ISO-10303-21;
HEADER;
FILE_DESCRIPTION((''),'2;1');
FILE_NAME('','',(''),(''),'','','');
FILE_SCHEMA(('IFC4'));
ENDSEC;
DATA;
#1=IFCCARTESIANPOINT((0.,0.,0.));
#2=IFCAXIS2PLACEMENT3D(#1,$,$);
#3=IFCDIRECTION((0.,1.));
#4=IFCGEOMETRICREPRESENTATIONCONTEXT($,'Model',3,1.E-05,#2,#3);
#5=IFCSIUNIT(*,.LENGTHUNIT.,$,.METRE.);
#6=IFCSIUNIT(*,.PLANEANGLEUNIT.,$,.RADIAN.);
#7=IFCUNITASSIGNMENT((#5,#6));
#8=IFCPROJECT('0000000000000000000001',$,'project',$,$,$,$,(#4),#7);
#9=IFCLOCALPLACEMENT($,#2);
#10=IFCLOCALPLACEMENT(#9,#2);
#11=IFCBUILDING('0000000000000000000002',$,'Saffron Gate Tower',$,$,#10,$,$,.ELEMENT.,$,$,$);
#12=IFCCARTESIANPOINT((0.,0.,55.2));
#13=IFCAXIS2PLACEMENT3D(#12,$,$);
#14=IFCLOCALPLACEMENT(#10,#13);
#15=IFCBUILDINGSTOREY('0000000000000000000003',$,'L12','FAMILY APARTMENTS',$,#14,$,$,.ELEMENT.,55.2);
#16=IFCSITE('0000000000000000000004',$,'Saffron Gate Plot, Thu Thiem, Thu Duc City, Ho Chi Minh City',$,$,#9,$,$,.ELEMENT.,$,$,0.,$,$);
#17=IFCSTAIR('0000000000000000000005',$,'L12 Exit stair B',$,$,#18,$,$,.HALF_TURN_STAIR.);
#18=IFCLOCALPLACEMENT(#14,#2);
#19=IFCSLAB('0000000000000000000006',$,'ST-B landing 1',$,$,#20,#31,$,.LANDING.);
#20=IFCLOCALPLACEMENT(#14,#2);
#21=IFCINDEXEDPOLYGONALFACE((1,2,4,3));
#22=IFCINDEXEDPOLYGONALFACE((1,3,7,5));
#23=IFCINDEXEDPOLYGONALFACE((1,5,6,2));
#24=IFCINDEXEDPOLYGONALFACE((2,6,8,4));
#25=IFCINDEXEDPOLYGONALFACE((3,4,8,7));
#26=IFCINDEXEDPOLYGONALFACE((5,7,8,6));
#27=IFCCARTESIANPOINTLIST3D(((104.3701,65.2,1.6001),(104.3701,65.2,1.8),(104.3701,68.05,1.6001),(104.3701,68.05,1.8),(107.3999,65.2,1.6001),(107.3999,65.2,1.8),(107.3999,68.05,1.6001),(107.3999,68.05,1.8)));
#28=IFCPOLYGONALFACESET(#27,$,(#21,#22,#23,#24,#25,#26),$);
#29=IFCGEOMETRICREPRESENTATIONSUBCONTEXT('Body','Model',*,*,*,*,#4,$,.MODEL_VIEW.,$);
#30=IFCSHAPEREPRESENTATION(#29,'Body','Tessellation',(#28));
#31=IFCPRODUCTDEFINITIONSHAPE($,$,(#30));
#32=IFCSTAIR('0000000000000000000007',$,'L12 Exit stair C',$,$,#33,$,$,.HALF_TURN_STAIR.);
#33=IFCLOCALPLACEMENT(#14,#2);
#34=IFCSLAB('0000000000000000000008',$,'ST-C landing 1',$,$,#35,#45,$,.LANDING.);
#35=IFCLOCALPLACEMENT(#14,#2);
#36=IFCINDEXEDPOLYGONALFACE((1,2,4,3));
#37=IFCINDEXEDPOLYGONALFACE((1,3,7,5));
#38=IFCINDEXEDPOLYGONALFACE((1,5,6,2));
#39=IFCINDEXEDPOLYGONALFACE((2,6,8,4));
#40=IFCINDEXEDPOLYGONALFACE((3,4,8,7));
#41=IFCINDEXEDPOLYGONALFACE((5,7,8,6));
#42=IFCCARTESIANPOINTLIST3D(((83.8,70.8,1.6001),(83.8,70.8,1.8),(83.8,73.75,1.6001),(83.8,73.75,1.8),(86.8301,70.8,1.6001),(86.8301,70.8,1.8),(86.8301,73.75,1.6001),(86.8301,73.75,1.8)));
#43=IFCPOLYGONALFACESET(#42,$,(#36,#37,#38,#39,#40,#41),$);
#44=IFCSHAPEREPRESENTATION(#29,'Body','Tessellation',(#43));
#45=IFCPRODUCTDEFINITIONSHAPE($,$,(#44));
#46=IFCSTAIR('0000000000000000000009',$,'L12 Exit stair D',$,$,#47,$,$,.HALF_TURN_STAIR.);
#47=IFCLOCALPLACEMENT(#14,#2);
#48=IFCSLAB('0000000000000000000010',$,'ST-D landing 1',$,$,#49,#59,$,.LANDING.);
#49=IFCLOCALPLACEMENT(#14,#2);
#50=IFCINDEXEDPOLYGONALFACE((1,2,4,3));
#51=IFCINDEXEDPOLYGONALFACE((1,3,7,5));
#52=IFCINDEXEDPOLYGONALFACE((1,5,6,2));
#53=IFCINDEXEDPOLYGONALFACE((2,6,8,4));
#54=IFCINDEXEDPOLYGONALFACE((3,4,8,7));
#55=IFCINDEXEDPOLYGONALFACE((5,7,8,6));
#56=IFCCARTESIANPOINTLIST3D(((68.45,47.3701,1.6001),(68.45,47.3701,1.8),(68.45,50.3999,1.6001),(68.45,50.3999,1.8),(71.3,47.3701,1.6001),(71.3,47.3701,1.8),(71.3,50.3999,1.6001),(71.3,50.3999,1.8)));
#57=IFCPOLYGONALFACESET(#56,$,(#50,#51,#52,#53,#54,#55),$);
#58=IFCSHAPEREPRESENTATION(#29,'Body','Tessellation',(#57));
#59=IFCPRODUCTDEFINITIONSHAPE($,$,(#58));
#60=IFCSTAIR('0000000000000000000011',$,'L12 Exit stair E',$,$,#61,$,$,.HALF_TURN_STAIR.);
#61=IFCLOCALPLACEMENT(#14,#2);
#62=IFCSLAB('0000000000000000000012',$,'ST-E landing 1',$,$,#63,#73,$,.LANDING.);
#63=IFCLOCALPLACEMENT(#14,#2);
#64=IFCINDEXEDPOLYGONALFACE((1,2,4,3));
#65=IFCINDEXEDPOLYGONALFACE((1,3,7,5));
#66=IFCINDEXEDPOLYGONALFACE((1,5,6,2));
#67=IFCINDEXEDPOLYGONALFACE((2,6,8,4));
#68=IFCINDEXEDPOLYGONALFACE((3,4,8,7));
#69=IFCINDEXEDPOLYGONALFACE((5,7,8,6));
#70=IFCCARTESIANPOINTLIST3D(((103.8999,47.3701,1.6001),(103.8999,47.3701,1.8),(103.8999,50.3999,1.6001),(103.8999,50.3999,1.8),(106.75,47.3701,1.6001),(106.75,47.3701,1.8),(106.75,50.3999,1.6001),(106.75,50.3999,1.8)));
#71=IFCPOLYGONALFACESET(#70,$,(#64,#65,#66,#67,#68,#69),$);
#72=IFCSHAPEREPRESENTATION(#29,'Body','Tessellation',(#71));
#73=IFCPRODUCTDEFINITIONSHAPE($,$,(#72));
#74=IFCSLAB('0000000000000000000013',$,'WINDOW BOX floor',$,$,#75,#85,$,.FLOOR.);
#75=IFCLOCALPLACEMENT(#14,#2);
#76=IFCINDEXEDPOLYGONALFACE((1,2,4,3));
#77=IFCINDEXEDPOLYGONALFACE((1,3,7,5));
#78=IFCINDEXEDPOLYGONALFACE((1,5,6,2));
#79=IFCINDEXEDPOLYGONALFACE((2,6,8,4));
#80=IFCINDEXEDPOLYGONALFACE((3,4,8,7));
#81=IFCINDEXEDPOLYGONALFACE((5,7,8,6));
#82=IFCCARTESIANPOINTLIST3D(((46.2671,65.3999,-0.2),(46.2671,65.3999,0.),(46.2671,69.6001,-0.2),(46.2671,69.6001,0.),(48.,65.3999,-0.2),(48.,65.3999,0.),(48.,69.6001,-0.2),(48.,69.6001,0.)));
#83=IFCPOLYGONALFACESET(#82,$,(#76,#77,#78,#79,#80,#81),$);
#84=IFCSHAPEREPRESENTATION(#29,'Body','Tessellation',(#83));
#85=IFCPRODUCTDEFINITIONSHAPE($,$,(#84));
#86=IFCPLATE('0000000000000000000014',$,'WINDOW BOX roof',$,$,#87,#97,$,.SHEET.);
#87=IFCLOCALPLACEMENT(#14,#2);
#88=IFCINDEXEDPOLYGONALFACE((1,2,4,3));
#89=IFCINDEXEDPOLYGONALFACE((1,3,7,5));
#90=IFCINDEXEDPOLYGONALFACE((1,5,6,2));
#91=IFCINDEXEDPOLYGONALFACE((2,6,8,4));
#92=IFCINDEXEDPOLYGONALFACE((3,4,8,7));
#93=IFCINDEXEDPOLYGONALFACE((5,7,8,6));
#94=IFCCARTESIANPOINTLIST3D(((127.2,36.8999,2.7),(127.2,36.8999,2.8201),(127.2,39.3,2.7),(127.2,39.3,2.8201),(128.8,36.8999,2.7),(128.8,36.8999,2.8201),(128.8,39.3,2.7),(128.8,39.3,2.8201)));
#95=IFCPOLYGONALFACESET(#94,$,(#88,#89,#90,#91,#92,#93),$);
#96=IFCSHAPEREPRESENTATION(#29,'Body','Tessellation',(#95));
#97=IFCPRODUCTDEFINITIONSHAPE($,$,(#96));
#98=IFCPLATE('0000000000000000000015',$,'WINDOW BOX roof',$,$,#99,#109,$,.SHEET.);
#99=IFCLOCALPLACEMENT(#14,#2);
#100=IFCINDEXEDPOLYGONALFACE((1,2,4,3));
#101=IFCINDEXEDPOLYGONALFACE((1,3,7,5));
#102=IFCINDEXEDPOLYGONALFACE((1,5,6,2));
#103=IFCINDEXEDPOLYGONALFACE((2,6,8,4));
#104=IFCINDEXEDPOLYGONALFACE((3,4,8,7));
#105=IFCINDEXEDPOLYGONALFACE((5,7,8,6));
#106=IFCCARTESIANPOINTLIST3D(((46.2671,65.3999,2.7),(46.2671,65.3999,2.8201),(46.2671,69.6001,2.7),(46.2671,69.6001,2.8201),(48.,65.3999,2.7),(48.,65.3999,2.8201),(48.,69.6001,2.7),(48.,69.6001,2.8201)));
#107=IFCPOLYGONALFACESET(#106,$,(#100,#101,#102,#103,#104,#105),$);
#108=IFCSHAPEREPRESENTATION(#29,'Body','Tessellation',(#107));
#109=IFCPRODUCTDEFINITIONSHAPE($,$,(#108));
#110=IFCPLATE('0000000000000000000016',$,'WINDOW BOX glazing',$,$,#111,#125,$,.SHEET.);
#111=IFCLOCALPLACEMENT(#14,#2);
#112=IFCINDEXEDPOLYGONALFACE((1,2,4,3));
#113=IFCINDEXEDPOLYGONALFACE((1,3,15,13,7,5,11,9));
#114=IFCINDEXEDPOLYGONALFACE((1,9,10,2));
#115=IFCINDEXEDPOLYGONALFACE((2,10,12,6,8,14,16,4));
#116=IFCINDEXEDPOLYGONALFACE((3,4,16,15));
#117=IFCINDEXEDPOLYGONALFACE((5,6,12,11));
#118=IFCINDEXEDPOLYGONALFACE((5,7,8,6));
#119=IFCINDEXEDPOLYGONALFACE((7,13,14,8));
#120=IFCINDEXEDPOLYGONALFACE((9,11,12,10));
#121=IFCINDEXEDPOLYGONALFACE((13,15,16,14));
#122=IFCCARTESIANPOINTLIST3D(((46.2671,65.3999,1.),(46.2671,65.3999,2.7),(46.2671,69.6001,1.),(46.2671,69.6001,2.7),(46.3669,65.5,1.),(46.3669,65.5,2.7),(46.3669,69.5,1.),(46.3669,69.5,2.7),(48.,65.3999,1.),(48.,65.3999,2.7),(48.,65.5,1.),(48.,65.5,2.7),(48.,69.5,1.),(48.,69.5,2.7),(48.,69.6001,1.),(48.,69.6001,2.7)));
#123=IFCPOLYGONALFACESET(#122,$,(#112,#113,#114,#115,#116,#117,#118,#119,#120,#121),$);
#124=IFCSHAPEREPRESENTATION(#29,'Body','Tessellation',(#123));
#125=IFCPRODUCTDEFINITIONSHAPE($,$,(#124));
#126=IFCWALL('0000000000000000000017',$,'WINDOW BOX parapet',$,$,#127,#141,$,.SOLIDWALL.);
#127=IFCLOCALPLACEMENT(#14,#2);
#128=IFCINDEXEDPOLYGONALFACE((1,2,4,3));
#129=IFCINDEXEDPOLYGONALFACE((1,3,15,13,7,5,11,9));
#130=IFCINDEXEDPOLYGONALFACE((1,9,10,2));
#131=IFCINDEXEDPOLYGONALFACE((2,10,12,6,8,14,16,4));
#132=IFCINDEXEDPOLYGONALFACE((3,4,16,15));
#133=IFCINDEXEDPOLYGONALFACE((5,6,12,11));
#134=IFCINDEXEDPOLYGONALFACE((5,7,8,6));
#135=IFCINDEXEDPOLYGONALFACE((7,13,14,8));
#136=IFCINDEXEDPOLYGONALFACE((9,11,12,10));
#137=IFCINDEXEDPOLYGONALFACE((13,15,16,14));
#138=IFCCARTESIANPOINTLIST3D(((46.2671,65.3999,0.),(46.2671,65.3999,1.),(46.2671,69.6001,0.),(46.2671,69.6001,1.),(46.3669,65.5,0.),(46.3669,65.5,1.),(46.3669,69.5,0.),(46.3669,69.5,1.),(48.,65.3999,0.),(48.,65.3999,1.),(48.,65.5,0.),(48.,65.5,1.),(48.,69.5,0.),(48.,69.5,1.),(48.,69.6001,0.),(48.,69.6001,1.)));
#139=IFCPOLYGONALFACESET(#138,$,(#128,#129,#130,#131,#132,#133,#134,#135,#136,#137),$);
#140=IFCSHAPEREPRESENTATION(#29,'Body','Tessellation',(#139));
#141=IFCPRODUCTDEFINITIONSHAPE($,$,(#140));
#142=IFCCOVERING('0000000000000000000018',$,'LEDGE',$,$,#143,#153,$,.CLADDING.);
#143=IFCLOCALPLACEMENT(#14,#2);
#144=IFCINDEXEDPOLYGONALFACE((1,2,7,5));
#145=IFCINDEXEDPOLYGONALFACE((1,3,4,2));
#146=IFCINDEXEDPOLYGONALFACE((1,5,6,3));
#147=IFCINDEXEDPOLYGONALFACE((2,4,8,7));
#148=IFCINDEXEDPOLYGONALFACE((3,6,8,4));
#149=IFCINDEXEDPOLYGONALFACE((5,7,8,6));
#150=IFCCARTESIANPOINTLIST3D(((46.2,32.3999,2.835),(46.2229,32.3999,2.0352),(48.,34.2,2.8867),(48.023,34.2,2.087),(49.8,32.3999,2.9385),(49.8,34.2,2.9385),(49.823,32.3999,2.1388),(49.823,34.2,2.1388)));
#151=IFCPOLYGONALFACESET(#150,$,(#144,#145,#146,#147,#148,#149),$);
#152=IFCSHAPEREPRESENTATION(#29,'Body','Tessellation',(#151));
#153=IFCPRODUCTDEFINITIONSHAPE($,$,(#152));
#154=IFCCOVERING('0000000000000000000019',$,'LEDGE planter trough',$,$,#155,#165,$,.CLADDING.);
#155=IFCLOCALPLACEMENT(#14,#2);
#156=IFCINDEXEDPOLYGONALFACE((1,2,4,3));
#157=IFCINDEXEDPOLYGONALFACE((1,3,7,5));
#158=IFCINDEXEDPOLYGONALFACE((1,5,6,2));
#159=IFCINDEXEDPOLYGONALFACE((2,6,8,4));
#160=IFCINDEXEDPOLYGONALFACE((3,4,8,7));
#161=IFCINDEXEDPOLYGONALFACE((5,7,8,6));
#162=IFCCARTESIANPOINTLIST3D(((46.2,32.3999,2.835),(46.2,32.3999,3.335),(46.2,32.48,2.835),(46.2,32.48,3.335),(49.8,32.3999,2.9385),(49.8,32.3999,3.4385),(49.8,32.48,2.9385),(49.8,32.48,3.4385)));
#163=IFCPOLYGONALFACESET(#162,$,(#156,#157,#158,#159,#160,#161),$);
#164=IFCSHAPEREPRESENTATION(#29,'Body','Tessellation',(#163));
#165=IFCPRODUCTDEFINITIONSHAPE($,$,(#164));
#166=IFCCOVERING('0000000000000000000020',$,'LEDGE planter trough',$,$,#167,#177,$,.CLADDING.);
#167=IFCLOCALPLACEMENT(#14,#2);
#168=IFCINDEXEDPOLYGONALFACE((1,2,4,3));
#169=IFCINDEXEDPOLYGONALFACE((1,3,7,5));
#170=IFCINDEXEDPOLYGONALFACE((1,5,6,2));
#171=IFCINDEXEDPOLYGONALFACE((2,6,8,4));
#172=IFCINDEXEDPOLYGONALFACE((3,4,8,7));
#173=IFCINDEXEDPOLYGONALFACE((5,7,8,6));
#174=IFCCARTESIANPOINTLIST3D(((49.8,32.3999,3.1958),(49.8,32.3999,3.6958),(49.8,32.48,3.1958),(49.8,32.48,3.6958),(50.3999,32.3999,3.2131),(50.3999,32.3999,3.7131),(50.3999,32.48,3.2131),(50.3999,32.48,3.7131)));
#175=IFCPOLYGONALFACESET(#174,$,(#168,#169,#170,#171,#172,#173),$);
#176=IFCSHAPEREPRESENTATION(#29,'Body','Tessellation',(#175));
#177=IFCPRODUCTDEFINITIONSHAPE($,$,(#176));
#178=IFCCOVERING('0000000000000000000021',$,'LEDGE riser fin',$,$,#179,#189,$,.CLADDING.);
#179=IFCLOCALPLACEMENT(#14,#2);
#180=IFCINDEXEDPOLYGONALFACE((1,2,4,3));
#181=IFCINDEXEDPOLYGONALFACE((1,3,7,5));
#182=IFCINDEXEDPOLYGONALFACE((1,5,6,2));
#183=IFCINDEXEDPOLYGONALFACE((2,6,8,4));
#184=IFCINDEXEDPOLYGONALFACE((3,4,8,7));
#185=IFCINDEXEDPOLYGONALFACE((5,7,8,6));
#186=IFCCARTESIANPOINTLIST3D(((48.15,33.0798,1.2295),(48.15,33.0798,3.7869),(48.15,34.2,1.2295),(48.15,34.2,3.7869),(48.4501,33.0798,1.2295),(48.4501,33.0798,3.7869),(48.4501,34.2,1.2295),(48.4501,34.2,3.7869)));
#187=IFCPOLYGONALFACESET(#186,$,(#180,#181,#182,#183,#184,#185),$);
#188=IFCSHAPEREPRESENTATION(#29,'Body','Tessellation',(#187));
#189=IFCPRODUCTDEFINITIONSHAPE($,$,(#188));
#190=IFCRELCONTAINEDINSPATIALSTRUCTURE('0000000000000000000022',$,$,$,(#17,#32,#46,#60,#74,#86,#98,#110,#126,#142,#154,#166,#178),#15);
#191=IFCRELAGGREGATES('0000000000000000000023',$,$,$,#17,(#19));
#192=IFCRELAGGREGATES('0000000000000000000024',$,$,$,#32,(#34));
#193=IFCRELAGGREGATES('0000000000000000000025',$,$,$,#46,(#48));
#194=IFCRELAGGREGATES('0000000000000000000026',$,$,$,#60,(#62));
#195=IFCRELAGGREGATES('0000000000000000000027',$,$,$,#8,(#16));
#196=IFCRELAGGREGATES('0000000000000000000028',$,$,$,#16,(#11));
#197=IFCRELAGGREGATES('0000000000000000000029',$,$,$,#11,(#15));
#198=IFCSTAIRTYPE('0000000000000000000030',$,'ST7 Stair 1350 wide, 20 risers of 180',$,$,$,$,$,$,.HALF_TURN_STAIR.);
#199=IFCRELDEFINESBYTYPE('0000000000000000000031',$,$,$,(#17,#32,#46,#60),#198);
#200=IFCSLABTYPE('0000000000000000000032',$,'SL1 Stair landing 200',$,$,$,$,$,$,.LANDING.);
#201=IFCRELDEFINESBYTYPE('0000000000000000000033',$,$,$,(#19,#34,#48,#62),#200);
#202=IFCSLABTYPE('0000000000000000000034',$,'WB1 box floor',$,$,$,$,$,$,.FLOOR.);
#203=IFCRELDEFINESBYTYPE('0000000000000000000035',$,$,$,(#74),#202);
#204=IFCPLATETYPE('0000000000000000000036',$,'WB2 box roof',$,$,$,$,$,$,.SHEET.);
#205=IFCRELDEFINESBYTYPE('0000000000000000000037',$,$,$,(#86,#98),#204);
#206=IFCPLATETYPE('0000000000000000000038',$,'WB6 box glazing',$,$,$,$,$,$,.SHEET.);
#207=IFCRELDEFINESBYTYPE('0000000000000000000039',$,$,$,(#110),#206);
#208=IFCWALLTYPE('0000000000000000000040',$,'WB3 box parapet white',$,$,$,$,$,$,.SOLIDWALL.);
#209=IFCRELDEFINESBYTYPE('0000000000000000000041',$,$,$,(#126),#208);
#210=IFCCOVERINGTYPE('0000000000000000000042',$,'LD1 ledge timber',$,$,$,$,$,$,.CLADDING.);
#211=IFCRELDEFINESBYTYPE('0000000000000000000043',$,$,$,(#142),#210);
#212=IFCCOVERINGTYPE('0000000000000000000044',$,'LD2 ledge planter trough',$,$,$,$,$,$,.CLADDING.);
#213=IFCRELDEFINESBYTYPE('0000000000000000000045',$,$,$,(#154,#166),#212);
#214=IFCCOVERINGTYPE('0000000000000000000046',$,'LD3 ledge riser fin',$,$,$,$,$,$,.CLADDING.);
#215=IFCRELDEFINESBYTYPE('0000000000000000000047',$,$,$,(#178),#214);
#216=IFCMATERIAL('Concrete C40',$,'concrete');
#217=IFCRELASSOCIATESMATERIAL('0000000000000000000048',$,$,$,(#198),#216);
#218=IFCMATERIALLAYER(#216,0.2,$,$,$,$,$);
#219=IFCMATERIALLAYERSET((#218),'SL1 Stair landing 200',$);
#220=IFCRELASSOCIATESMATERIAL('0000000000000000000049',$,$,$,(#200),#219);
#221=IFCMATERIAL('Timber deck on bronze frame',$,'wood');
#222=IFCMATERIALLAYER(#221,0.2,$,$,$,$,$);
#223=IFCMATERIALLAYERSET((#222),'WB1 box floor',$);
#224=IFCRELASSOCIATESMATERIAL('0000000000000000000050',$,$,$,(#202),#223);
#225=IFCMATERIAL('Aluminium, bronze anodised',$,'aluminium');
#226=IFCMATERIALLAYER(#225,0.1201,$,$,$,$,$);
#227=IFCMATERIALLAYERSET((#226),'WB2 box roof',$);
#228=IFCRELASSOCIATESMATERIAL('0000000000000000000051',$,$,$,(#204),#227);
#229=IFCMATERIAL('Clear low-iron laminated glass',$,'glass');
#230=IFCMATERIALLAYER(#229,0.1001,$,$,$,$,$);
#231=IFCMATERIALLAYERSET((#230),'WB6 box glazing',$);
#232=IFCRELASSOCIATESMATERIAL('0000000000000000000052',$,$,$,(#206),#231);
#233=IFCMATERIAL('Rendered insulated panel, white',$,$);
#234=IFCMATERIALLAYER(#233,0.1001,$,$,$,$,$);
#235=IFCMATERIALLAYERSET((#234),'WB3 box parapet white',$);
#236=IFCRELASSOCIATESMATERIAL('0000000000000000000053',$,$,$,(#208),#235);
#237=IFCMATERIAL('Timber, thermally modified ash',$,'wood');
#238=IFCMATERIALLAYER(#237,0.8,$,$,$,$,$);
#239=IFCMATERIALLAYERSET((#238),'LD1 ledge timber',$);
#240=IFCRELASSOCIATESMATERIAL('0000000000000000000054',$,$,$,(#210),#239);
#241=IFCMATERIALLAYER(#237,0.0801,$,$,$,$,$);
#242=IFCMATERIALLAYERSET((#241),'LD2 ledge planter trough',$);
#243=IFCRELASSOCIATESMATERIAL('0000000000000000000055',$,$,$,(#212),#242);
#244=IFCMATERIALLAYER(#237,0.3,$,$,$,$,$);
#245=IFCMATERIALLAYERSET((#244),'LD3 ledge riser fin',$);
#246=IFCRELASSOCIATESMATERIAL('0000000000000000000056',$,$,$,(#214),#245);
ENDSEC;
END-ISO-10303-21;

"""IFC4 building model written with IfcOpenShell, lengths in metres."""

from ifc_helpers import new_model, si_unit, direction, frame, origin, origin_2d, place, context, subcontext, project, spatial, polyline, rectangle, outline, extrude, material, layer, layer_set, type_object, element, aggregate, save


model = new_model("IFC4")

# Units and contexts
model_context = context("Model", 3, precision=1e-05, world=origin(), true_north=direction((0.0, 1.0)))
body_context = subcontext(model_context, "Body", "Model", "MODEL_VIEW")
ifc_project = project(units=[si_unit("LENGTHUNIT", "METRE"), si_unit("PLANEANGLEUNIT", "RADIAN")], contexts=[model_context])

# Site, building, storey
site_placement = place(None, origin())
site = spatial("IfcSite", under=ifc_project, at=site_placement, Name="Saffron Gate Plot, Thu Thiem, Thu Duc City, Ho Chi Minh City", CompositionType="ELEMENT", RefElevation=0.0)
building_placement = place(site_placement, origin())
building = spatial("IfcBuilding", under=site, at=building_placement, Name="Saffron Gate Tower", CompositionType="ELEMENT")
storey_placement = place(building_placement, frame((0.0, 0.0, 55.2)))
storey = spatial("IfcBuildingStorey", under=building, at=storey_placement, Name="L12", Description="FAMILY APARTMENTS", CompositionType="ELEMENT", Elevation=55.2)

# Shared definitions
ifc_material_1 = material(Name="Aluminium, bronze anodised", Category="aluminium")

# Stairs, slabs
ifc_material_2 = material(Name="Concrete C40", Category="concrete")
stair_type = type_object("IfcStairType", Name="ST7 Stair 1350 wide, 20 risers of 180", PredefinedType="HALF_TURN_STAIR", material=ifc_material_2)
ifc_layer_1 = layer(ifc_material_2, 0.2)
ifc_layer_set_1 = layer_set([ifc_layer_1], Name="SL1 Stair landing 200")
slab_type_1 = type_object("IfcSlabType", Name="SL1 Stair landing 200", PredefinedType="LANDING", material=ifc_layer_set_1)
stair_1_placement = place(storey_placement, origin())
stair_1 = element("IfcStair", 1, at=stair_1_placement, inside=storey, type_object=stair_type, Name="L12 Exit stair B", PredefinedType="HALF_TURN_STAIR")
slab_1_placement = place(storey_placement, frame((0.0, 0.0, 1.6001)))
slab_1 = element("IfcSlab", 2, at=slab_1_placement, type_object=slab_type_1, Name="ST-B landing 1", PredefinedType="LANDING", context=body_context, shape_type="SweptSolid", body=[
    extrude(outline(polyline([(104.3701, 65.2), (107.3999, 65.2), (107.3999, 68.05), (104.3701, 68.05), (104.3701, 65.2)])), origin(), (0.0, 0.0, 1.0), 0.2),
])
aggregate(stair_1, [slab_1])
stair_2_placement = place(storey_placement, origin())
stair_2 = element("IfcStair", 3, at=stair_2_placement, inside=storey, type_object=stair_type, Name="L12 Exit stair C", PredefinedType="HALF_TURN_STAIR")
slab_2_placement = place(storey_placement, frame((0.0, 0.0, 1.6001)))
slab_2 = element("IfcSlab", 4, at=slab_2_placement, type_object=slab_type_1, Name="ST-C landing 1", PredefinedType="LANDING", context=body_context, shape_type="SweptSolid", body=[
    extrude(outline(polyline([(86.8301, 73.75), (83.8, 73.75), (83.8, 70.8), (86.8301, 70.8), (86.8301, 73.75)])), origin(), (0.0, 0.0, 1.0), 0.2),
])
aggregate(stair_2, [slab_2])
stair_3_placement = place(storey_placement, origin())
stair_3 = element("IfcStair", 5, at=stair_3_placement, inside=storey, type_object=stair_type, Name="L12 Exit stair D", PredefinedType="HALF_TURN_STAIR")
slab_3_placement = place(storey_placement, frame((0.0, 0.0, 1.6001)))
slab_3 = element("IfcSlab", 6, at=slab_3_placement, type_object=slab_type_1, Name="ST-D landing 1", PredefinedType="LANDING", context=body_context, shape_type="SweptSolid", body=[
    extrude(outline(polyline([(71.3, 47.3701), (71.3, 50.3999), (68.45, 50.3999), (68.45, 47.3701), (71.3, 47.3701)])), origin(), (0.0, 0.0, 1.0), 0.2),
])
aggregate(stair_3, [slab_3])
stair_4_placement = place(storey_placement, origin())
stair_4 = element("IfcStair", 7, at=stair_4_placement, inside=storey, type_object=stair_type, Name="L12 Exit stair E", PredefinedType="HALF_TURN_STAIR")
slab_4_placement = place(storey_placement, frame((0.0, 0.0, 1.6001)))
slab_4 = element("IfcSlab", 8, at=slab_4_placement, type_object=slab_type_1, Name="ST-E landing 1", PredefinedType="LANDING", context=body_context, shape_type="SweptSolid", body=[
    extrude(outline(polyline([(106.75, 47.3701), (106.75, 50.3999), (103.8999, 50.3999), (103.8999, 47.3701), (106.75, 47.3701)])), origin(), (0.0, 0.0, 1.0), 0.2),
])
aggregate(stair_4, [slab_4])

# Slab
ifc_material_3 = material(Name="Timber deck on bronze frame", Category="wood")
ifc_layer_2 = layer(ifc_material_3, 0.2)
ifc_layer_set_2 = layer_set([ifc_layer_2], Name="WB1 box floor")
slab_type_2 = type_object("IfcSlabType", Name="WB1 box floor", PredefinedType="FLOOR", material=ifc_layer_set_2)
slab_5_placement = place(storey_placement, frame((0.0, 0.0, -0.2)))
element("IfcSlab", 9, at=slab_5_placement, inside=storey, type_object=slab_type_2, Name="WINDOW BOX floor", PredefinedType="FLOOR", context=body_context, shape_type="SweptSolid", body=[
    extrude(outline(polyline([(48.0, 69.6001), (48.0, 65.3999), (46.2671, 65.3999), (46.2671, 69.6001), (48.0, 69.6001)])), origin(), (0.0, 0.0, 1.0), 0.2),
])

# Plates
ifc_layer_3 = layer(ifc_material_1, 0.1201)
ifc_layer_set_3 = layer_set([ifc_layer_3], Name="WB2 box roof")
plate_type_1 = type_object("IfcPlateType", Name="WB2 box roof", PredefinedType="SHEET", material=ifc_layer_set_3)
plate_1_placement = place(storey_placement, frame((0.0, 0.0, 2.7)))
element("IfcPlate", 10, at=plate_1_placement, inside=storey, type_object=plate_type_1, Name="WINDOW BOX roof", PredefinedType="SHEET", context=body_context, shape_type="SweptSolid", body=[
    extrude(outline(polyline([(127.2, 36.8999), (127.2, 39.3), (128.8, 39.3), (128.8, 36.8999), (127.2, 36.8999)])), origin(), (0.0, 0.0, 1.0), 0.1201),
])
plate_2_placement = place(storey_placement, frame((0.0, 0.0, 2.7)))
element("IfcPlate", 11, at=plate_2_placement, inside=storey, type_object=plate_type_1, Name="WINDOW BOX roof", PredefinedType="SHEET", context=body_context, shape_type="SweptSolid", body=[
    extrude(outline(polyline([(48.0, 69.6001), (48.0, 65.3999), (46.2671, 65.3999), (46.2671, 69.6001), (48.0, 69.6001)])), origin(), (0.0, 0.0, 1.0), 0.1201),
])
ifc_material_4 = material(Name="Clear low-iron laminated glass", Category="glass")
ifc_layer_4 = layer(ifc_material_4, 0.1001)
ifc_layer_set_4 = layer_set([ifc_layer_4], Name="WB6 box glazing")
plate_type_2 = type_object("IfcPlateType", Name="WB6 box glazing", PredefinedType="SHEET", material=ifc_layer_set_4)
plate_3_placement = place(storey_placement, frame((0.0, 0.0, 1.0)))
element("IfcPlate", 12, at=plate_3_placement, inside=storey, type_object=plate_type_2, Name="WINDOW BOX glazing", PredefinedType="SHEET", context=body_context, shape_type="SweptSolid", body=[
    extrude(outline(polyline([(48.0, 69.6001), (48.0, 69.5), (46.3669, 69.5), (46.3669, 65.5), (48.0, 65.5), (48.0, 65.3999), (46.2671, 65.3999), (46.2671, 69.6001), (48.0, 69.6001)])), origin(), (0.0, 0.0, 1.0), 1.7),
])

# Wall
ifc_material_5 = material(Name="Rendered insulated panel, white")
ifc_layer_5 = layer(ifc_material_5, 0.1001)
ifc_layer_set_5 = layer_set([ifc_layer_5], Name="WB3 box parapet white")
wall_type = type_object("IfcWallType", Name="WB3 box parapet white", PredefinedType="SOLIDWALL", material=ifc_layer_set_5)
wall_placement = place(storey_placement, origin())
element("IfcWall", 13, at=wall_placement, inside=storey, type_object=wall_type, Name="WINDOW BOX parapet", PredefinedType="SOLIDWALL", context=body_context, shape_type="SweptSolid", body=[
    extrude(outline(polyline([(48.0, 69.6001), (48.0, 69.5), (46.3669, 69.5), (46.3669, 65.5), (48.0, 65.5), (48.0, 65.3999), (46.2671, 65.3999), (46.2671, 69.6001), (48.0, 69.6001)])), origin(), (0.0, 0.0, 1.0), 1.0),
])

# Coverings
ifc_material_6 = material(Name="Timber, thermally modified ash", Category="wood")
ifc_layer_6 = layer(ifc_material_6, 0.8)
ifc_layer_set_6 = layer_set([ifc_layer_6], Name="LD1 ledge timber")
covering_type_1 = type_object("IfcCoveringType", Name="LD1 ledge timber", PredefinedType="CLADDING", material=ifc_layer_set_6)
covering_1_placement = place(storey_placement, frame((48.0, 34.2, 2.8867), z_axis=(-0.028742, 0.0, 0.999587), x_axis=(0.999587, 0.0, 0.028742)))
element("IfcCovering", 14, at=covering_1_placement, inside=storey, type_object=covering_type_1, Name="LEDGE", PredefinedType="CLADDING", context=body_context, shape_type="SweptSolid", body=[
    extrude(outline(polyline([(0.0, 0.0), (1.8008, 0.0), (1.8008, -1.8), (-1.8008, -1.8), (0.0, 0.0)])), origin(), (0.0, 0.0, -1.0), 0.8),
])
ifc_layer_7 = layer(ifc_material_6, 0.0801)
ifc_layer_set_7 = layer_set([ifc_layer_7], Name="LD2 ledge planter trough")
covering_type_2 = type_object("IfcCoveringType", Name="LD2 ledge planter trough", PredefinedType="CLADDING", material=ifc_layer_set_7)
covering_2_placement = place(storey_placement, frame((46.2, 32.3999, 2.835), z_axis=(0.0, -1.0, 0.0), x_axis=(0.999587, 0.0, 0.028742)))
element("IfcCovering", 15, at=covering_2_placement, inside=storey, type_object=covering_type_2, Name="LEDGE planter trough", PredefinedType="CLADDING", context=body_context, shape_type="SweptSolid", body=[
    extrude(outline(polyline([(0.0, 0.0), (3.6016, 0.0), (3.616, 0.4998), (0.0144, 0.4998), (0.0, 0.0)])), origin(), (0.0, 0.0, -1.0), 0.0801),
])
covering_3_placement = place(storey_placement, frame((49.8, 32.3999, 3.1958), z_axis=(0.0, -1.0, 0.0), x_axis=(0.999583, 0.0, 0.028885)))
element("IfcCovering", 16, at=covering_3_placement, inside=storey, type_object=covering_type_2, Name="LEDGE planter trough", PredefinedType="CLADDING", context=body_context, shape_type="SweptSolid", body=[
    extrude(outline(polyline([(0.0, 0.0), (0.6001, 0.0), (0.6145, 0.4998), (0.0144, 0.4998), (0.0, 0.0)])), origin(), (0.0, 0.0, -1.0), 0.0801),
])
ifc_layer_8 = layer(ifc_material_6, 0.3)
ifc_layer_set_8 = layer_set([ifc_layer_8], Name="LD3 ledge riser fin")
covering_type_3 = type_object("IfcCoveringType", Name="LD3 ledge riser fin", PredefinedType="CLADDING", material=ifc_layer_set_8)
covering_4_placement = place(storey_placement, frame((48.3, 33.6399, 1.2295), z_axis=(0.0, 0.0, 1.0), x_axis=(1.0, 0.0, 0.0)))
element("IfcCovering", 17, at=covering_4_placement, inside=storey, type_object=covering_type_3, Name="LEDGE riser fin", PredefinedType="CLADDING", context=body_context, shape_type="SweptSolid", body=[
    extrude(rectangle(XDim=0.3, YDim=1.1201, at=origin_2d()), origin(), (0.0, 0.0, 1.0), 2.5574),
])

save(model, "model.ifc")
